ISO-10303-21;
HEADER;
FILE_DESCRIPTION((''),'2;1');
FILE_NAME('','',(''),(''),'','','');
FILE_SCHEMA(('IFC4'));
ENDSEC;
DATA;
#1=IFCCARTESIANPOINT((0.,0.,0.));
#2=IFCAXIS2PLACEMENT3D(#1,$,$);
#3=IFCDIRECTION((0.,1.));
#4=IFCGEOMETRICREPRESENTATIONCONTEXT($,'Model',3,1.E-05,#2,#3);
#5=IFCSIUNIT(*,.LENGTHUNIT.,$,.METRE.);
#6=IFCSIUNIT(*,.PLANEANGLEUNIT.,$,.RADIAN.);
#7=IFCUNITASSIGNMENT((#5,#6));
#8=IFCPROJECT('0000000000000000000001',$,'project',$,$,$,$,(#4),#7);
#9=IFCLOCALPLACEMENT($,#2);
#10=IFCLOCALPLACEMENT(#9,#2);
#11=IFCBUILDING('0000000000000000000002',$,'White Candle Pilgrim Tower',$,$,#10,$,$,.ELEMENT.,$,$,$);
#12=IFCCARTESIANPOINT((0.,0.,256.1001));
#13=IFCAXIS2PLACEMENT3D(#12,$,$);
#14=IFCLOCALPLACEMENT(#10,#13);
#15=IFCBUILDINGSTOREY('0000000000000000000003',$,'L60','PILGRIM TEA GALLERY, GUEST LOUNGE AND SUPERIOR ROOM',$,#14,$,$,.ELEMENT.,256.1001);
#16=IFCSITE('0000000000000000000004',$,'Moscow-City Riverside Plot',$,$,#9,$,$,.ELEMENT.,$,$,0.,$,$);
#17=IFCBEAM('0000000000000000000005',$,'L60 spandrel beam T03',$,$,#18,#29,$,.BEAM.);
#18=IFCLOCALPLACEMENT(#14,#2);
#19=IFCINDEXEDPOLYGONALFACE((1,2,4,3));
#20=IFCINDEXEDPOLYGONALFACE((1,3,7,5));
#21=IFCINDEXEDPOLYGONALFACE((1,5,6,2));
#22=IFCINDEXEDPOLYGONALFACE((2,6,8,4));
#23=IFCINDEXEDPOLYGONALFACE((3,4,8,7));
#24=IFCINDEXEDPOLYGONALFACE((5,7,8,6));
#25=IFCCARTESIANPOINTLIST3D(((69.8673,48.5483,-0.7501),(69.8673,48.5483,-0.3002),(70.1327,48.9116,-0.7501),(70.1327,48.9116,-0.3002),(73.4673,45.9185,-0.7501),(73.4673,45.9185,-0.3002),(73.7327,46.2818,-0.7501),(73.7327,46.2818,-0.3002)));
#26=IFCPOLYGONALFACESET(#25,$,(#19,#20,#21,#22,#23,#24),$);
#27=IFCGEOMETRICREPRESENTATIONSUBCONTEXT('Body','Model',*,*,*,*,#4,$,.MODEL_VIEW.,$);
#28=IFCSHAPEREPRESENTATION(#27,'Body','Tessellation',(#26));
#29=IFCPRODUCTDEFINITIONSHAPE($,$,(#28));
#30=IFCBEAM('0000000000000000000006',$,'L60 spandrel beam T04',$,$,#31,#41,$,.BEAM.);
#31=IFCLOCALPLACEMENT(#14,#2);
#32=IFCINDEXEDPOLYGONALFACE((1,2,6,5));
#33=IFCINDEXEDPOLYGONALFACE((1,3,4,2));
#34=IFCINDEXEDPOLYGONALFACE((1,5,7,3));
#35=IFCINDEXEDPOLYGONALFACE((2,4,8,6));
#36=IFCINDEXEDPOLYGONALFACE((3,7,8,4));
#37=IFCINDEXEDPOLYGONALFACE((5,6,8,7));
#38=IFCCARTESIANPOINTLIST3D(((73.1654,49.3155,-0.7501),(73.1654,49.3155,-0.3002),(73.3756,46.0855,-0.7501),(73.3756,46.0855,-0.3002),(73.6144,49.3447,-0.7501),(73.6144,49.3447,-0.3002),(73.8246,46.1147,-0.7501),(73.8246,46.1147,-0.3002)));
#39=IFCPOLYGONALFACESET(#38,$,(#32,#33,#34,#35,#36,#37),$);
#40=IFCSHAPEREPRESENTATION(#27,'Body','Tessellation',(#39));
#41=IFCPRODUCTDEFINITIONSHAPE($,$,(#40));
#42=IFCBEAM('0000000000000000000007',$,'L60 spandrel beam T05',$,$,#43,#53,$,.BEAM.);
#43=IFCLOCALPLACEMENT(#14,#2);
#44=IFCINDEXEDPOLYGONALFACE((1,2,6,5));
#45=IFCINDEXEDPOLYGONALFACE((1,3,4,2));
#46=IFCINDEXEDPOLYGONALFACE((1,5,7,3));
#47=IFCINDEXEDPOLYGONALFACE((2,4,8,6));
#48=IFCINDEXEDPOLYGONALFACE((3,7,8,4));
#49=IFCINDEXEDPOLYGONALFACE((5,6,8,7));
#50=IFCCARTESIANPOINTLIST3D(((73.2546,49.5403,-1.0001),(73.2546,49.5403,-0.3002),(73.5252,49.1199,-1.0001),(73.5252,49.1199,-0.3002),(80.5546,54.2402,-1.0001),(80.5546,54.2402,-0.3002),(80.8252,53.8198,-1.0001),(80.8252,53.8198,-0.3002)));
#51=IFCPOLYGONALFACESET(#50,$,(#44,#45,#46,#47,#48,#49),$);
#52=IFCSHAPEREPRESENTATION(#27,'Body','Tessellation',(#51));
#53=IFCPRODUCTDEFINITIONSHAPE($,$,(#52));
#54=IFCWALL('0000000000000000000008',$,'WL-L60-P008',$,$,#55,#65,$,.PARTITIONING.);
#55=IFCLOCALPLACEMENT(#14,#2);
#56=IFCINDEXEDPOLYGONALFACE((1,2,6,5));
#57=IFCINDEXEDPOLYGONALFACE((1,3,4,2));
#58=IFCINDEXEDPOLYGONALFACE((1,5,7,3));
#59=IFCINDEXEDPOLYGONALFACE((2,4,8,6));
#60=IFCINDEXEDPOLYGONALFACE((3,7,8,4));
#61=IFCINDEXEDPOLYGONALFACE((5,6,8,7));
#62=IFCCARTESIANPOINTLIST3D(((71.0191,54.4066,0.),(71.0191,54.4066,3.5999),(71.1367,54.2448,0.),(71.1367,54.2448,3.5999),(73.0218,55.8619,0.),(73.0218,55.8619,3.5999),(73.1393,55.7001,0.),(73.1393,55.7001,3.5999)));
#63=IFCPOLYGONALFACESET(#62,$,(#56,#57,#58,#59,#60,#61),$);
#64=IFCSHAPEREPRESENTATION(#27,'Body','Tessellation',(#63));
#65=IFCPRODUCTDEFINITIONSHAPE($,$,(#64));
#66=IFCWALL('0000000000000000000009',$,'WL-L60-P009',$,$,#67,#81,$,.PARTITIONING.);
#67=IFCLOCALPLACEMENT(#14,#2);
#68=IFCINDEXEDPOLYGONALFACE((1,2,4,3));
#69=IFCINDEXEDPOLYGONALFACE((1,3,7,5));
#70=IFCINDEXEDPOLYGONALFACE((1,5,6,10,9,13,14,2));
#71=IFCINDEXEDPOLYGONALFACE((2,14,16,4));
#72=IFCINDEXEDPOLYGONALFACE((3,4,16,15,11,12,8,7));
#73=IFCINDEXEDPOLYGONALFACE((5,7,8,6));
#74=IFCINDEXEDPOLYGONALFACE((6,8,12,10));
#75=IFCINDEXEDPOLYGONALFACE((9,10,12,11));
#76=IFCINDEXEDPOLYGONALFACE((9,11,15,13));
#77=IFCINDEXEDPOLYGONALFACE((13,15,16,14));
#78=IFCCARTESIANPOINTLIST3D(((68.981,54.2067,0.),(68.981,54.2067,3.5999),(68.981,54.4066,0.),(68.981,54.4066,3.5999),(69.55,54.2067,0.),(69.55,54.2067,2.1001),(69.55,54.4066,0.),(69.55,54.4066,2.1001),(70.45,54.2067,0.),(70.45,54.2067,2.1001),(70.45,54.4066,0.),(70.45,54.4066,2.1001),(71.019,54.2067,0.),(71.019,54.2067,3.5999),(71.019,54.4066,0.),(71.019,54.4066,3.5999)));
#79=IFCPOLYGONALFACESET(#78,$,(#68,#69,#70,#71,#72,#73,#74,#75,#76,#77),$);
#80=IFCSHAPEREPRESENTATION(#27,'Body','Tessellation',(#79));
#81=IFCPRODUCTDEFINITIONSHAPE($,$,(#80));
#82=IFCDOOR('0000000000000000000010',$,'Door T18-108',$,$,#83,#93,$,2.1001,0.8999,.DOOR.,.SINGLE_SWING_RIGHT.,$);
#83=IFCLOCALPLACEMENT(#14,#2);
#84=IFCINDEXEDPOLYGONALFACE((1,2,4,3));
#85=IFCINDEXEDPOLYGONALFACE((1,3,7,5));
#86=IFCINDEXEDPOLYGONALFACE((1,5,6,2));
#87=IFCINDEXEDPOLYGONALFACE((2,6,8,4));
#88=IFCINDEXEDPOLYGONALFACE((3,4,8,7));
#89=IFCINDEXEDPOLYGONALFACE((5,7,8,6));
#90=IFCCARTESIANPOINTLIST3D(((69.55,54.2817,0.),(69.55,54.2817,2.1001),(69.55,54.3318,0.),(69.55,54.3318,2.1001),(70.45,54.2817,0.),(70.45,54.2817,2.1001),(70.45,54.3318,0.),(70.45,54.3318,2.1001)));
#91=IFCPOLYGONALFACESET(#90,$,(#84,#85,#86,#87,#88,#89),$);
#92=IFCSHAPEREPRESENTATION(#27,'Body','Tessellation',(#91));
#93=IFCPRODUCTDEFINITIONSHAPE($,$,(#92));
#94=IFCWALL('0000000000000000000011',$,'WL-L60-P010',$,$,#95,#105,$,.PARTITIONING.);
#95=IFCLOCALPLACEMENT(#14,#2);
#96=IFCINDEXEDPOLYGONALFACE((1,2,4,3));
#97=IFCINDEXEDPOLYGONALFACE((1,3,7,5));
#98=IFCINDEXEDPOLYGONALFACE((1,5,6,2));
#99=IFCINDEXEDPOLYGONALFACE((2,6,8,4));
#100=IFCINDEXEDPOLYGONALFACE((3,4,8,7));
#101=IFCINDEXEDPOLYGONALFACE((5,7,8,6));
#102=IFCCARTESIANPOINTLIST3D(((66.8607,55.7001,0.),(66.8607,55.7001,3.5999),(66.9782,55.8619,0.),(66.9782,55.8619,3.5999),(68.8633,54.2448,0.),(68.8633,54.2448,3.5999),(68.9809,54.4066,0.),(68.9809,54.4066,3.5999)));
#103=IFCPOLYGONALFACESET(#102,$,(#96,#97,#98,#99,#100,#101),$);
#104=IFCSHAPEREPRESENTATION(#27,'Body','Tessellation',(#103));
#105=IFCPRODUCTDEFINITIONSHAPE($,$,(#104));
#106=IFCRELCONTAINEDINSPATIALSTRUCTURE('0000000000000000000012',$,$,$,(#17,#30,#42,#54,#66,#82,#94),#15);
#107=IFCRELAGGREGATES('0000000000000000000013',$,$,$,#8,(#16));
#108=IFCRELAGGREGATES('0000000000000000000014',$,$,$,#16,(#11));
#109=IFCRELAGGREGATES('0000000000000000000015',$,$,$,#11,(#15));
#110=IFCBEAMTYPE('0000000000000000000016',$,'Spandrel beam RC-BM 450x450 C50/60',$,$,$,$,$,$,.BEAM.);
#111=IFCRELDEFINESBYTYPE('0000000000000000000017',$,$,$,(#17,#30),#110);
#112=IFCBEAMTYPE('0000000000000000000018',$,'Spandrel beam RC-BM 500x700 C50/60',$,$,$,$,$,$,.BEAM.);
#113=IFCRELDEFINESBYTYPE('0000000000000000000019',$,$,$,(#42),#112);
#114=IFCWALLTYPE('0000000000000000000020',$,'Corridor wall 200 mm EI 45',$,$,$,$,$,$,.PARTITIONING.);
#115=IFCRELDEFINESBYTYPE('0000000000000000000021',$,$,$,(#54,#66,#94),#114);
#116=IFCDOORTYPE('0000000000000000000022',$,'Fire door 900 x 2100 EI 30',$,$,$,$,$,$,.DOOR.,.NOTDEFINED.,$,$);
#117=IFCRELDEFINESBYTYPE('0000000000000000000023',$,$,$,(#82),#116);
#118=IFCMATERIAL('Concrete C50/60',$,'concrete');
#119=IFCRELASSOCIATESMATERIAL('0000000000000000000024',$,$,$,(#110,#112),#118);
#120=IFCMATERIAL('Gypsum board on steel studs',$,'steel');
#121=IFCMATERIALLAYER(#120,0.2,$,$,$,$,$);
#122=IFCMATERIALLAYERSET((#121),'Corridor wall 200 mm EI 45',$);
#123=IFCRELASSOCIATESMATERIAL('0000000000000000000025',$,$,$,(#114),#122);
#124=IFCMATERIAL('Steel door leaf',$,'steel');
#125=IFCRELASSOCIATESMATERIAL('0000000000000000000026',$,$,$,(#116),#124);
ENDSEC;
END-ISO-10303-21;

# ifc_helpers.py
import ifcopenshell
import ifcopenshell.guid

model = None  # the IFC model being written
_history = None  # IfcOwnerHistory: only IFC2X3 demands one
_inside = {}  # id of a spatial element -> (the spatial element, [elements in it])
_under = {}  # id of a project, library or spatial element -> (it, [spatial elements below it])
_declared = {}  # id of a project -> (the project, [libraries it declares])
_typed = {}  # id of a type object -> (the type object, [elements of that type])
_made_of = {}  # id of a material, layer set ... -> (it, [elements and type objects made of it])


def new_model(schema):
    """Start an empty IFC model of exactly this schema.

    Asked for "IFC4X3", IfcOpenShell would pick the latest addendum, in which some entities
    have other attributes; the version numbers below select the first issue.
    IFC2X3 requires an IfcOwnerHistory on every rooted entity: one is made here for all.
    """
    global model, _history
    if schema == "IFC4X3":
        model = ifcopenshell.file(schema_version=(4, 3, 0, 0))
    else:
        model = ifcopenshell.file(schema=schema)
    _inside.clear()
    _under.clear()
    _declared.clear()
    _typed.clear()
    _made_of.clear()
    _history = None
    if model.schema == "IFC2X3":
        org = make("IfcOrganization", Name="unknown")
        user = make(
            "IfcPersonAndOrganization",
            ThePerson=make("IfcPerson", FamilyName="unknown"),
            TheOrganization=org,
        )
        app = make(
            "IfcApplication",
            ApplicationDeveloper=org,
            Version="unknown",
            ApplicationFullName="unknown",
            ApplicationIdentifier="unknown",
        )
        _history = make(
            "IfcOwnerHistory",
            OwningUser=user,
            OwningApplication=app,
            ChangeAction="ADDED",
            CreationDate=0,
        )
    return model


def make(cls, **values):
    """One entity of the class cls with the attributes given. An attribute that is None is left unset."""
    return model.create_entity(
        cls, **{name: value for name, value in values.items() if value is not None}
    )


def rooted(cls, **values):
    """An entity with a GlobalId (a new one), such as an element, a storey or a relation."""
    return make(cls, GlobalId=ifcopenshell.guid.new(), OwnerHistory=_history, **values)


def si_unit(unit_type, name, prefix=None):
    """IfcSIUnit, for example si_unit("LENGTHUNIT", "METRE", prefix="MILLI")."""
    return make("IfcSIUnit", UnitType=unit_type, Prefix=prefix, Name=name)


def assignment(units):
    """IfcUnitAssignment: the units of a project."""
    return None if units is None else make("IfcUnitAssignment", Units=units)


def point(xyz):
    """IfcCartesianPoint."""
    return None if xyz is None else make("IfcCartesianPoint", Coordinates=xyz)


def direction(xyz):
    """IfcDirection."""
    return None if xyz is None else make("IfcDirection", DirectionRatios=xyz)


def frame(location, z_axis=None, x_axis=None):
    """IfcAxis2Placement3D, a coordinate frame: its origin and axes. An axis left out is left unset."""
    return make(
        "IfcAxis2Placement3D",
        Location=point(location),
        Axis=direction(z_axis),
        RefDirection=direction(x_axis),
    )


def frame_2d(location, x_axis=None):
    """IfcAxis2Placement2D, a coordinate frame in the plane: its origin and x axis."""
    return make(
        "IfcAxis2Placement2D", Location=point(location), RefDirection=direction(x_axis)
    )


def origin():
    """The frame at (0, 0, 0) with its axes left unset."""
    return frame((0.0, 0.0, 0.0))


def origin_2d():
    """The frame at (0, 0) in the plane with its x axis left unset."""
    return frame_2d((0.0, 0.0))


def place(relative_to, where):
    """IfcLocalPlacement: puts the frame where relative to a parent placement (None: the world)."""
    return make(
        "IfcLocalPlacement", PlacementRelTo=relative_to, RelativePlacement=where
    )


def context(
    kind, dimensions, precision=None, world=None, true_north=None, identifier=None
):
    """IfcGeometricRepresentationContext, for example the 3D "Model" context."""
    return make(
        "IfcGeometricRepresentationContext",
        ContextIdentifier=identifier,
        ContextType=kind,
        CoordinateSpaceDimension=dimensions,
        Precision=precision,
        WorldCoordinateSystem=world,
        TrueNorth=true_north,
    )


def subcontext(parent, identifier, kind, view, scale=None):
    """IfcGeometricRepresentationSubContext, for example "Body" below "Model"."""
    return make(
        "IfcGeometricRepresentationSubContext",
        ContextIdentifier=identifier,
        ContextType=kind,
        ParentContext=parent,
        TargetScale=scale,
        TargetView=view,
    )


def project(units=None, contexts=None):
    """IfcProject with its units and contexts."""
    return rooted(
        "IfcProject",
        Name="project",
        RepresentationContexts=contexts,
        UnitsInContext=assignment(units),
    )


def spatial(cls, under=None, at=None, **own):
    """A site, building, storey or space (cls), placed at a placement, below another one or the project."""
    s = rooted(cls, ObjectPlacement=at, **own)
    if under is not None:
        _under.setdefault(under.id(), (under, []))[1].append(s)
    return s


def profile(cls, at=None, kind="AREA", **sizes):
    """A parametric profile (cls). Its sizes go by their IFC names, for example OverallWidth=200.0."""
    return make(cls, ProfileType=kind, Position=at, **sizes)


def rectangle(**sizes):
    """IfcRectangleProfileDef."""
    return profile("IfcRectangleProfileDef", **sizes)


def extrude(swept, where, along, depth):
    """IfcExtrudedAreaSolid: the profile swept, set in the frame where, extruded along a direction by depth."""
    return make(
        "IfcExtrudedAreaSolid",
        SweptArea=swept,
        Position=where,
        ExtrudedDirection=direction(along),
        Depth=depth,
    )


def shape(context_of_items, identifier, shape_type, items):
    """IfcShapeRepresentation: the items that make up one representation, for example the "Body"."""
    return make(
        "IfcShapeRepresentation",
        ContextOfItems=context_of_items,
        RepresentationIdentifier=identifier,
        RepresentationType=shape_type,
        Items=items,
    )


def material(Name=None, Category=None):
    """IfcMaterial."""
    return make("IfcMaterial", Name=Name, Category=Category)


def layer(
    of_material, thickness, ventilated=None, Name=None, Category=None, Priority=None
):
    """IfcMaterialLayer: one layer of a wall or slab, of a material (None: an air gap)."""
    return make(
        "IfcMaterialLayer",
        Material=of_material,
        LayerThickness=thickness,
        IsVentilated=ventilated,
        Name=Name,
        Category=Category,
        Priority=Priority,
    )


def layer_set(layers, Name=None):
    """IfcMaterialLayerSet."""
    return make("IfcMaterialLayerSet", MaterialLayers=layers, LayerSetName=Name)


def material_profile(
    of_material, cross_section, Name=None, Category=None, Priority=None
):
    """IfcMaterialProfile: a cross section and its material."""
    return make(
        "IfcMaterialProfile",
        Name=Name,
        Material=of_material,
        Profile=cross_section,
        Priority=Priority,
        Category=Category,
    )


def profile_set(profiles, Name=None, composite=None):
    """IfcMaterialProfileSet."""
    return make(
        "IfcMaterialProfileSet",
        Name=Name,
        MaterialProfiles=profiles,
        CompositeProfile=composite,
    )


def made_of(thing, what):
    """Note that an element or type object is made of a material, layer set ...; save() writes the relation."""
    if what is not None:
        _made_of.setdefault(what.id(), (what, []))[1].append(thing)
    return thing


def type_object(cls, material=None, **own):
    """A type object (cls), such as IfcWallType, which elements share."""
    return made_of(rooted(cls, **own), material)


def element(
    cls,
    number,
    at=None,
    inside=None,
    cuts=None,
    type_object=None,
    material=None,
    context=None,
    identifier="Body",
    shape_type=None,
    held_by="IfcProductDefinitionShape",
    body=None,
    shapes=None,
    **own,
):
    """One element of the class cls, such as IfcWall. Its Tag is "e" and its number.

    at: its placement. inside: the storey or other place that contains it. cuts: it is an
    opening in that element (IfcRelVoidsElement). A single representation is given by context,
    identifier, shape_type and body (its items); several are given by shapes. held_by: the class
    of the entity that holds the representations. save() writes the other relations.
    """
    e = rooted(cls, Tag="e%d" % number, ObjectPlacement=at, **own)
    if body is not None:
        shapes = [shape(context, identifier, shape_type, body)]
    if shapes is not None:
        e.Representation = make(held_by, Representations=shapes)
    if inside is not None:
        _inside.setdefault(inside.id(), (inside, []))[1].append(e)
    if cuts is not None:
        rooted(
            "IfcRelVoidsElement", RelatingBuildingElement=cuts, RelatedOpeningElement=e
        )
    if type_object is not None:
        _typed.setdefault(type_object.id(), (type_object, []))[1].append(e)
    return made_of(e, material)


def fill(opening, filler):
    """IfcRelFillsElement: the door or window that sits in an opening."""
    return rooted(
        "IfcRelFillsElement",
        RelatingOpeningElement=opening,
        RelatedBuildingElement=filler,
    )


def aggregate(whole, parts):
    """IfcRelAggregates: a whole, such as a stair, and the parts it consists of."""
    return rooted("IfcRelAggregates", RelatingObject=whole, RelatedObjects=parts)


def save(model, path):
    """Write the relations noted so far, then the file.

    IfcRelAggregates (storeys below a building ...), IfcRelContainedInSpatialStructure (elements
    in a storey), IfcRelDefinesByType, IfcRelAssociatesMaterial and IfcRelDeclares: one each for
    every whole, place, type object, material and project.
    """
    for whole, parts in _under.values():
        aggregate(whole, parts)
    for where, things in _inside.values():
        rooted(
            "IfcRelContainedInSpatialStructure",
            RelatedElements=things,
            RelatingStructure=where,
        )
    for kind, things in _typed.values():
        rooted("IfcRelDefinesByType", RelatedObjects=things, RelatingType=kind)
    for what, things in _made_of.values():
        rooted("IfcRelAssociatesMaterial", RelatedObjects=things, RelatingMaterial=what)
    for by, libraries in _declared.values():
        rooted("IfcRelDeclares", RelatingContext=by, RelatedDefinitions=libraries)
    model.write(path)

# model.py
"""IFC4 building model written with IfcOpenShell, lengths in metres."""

from ifc_helpers import new_model, si_unit, direction, frame, frame_2d, origin, origin_2d, place, context, subcontext, project, spatial, rectangle, extrude, material, layer, layer_set, material_profile, profile_set, type_object, element, fill, save


model = new_model("IFC4")

# Units and contexts
model_context = context("Model", 3, precision=1e-05, world=origin(), true_north=direction((0.0, 1.0)))
body_context = subcontext(model_context, "Body", "Model", "MODEL_VIEW")
ifc_project = project(units=[si_unit("LENGTHUNIT", "METRE"), si_unit("PLANEANGLEUNIT", "RADIAN")], contexts=[model_context])

# Site, building, storey
site_placement = place(None, origin())
site = spatial("IfcSite", under=ifc_project, at=site_placement, Name="Moscow-City Riverside Plot", CompositionType="ELEMENT", RefElevation=0.0)
building_placement = place(site_placement, origin())
building = spatial("IfcBuilding", under=site, at=building_placement, Name="White Candle Pilgrim Tower", CompositionType="ELEMENT")
storey_placement = place(building_placement, frame((0.0, 0.0, 256.1001)))
storey = spatial("IfcBuildingStorey", under=building, at=storey_placement, Name="L60", Description="PILGRIM TEA GALLERY, GUEST LOUNGE AND SUPERIOR ROOM", CompositionType="ELEMENT", Elevation=256.1001)

# Beams
ifc_material_1 = material(Name="Concrete C50/60", Category="concrete")
ifc_material_profile_1 = material_profile(ifc_material_1, rectangle(XDim=0.45, YDim=0.45, at=origin_2d()), Name="RC-BM 450x450")
ifc_profile_set_1 = profile_set([ifc_material_profile_1], Name="Concrete C50/60")
beam_type_1 = type_object("IfcBeamType", Name="Spandrel beam RC-BM 450x450 C50/60", PredefinedType="BEAM", material=ifc_profile_set_1)
beam_1_placement = place(storey_placement, frame((70.0, 48.73, -0.5251), z_axis=(0.807493, -0.589877, 0.0), x_axis=(0.589877, 0.807493, 0.0)))
element("IfcBeam", 1, at=beam_1_placement, inside=storey, type_object=beam_type_1, Name="L60 spandrel beam T03", PredefinedType="BEAM", context=body_context, shape_type="SweptSolid", body=[
    extrude(rectangle(XDim=0.45, YDim=0.45, at=origin_2d()), origin(), (0.0, 0.0, 1.0), 4.4583),
])
beam_2_placement = place(storey_placement, frame((73.6001, 46.1001, -0.5251), z_axis=(-0.064942, 0.997889, 0.0), x_axis=(-0.997889, -0.064942, 0.0)))
element("IfcBeam", 2, at=beam_2_placement, inside=storey, type_object=beam_type_1, Name="L60 spandrel beam T04", PredefinedType="BEAM", context=body_context, shape_type="SweptSolid", body=[
    extrude(rectangle(XDim=0.45, YDim=0.45, at=origin_2d()), origin(), (0.0, 0.0, 1.0), 3.2368),
])
ifc_material_profile_2 = material_profile(ifc_material_1, rectangle(XDim=0.5, YDim=0.7, at=origin_2d()), Name="RC-BM 500x700")
ifc_profile_set_2 = profile_set([ifc_material_profile_2], Name="Concrete C50/60")
beam_type_2 = type_object("IfcBeamType", Name="Spandrel beam RC-BM 500x700 C50/60", PredefinedType="BEAM", material=ifc_profile_set_2)
beam_3_placement = place(storey_placement, frame((73.3899, 49.3301, -0.6501), z_axis=(0.840808, 0.541333, 0.0), x_axis=(-0.541333, 0.840808, 0.0)))
element("IfcBeam", 3, at=beam_3_placement, inside=storey, type_object=beam_type_2, Name="L60 spandrel beam T05", PredefinedType="BEAM", context=body_context, shape_type="SweptSolid", body=[
    extrude(rectangle(XDim=0.5, YDim=0.7, at=origin_2d()), origin(), (0.0, 0.0, 1.0), 8.6821),
])

# Wall
ifc_material_2 = material(Name="Gypsum board on steel studs", Category="steel")
ifc_layer_1 = layer(ifc_material_2, 0.2)
ifc_layer_set_1 = layer_set([ifc_layer_1], Name="Corridor wall 200 mm EI 45")
wall_type_1 = type_object("IfcWallType", Name="Corridor wall 200 mm EI 45", PredefinedType="PARTITIONING", material=ifc_layer_set_1)
wall_1_placement = place(storey_placement, frame((73.0806, 55.781, 0.0), z_axis=(0.0, 0.0, 1.0), x_axis=(-0.808962, -0.587861, 0.0)))
element("IfcWall", 4, at=wall_1_placement, inside=storey, type_object=wall_type_1, Name="WL-L60-P008", PredefinedType="PARTITIONING", context=body_context, shape_type="SweptSolid", body=[
    extrude(rectangle(XDim=2.4756, YDim=0.2, at=frame_2d((1.2378, 0.0))), origin(), (0.0, 0.0, 1.0), 3.5999),
])

# Wall, opening, door
wall_2_placement = place(storey_placement, frame((71.019, 54.3066, 0.0), z_axis=(0.0, 0.0, 1.0), x_axis=(-1.0, 0.0, 0.0)))
wall_2 = element("IfcWall", 5, at=wall_2_placement, inside=storey, type_object=wall_type_1, Name="WL-L60-P009", PredefinedType="PARTITIONING", context=body_context, shape_type="SweptSolid", body=[
    extrude(rectangle(XDim=2.0381, YDim=0.2, at=frame_2d((1.019, 0.0))), origin(), (0.0, 0.0, 1.0), 3.5999),
])
opening_1_placement = place(wall_2_placement, frame((0.5691, 0.0, 0.0)))
opening_1 = element("IfcOpeningElement", 6, at=opening_1_placement, cuts=wall_2, PredefinedType="OPENING", context=body_context, shape_type="SweptSolid", body=[
    extrude(rectangle(XDim=0.8999, YDim=2.1001, at=frame_2d((0.45, 1.05))), frame((0.0, 0.1099, 0.0), z_axis=(0.0, -1.0, 0.0), x_axis=(1.0, 0.0, 0.0)), (0.0, 0.0, 1.0), 0.22),
])
ifc_material_3 = material(Name="Steel door leaf", Category="steel")
door_type_1 = type_object("IfcDoorType", Name="Fire door 900 x 2100 EI 30", OperationType="NOTDEFINED", PredefinedType="DOOR", material=ifc_material_3)
door_1_placement = place(opening_1_placement, origin())
door_1 = element("IfcDoor", 7, at=door_1_placement, inside=storey, type_object=door_type_1, Name="Door T18-108", OperationType="SINGLE_SWING_RIGHT", OverallHeight=2.1001, OverallWidth=0.8999, PredefinedType="DOOR", context=body_context, shape_type="SweptSolid", body=[
    extrude(rectangle(XDim=0.8999, YDim=2.1001, at=frame_2d((0.45, 1.05))), frame((0.0, 0.0249, 0.0), z_axis=(0.0, -1.0, 0.0), x_axis=(1.0, 0.0, 0.0)), (0.0, 0.0, 1.0), 0.05),
])
fill(opening_1, door_1)

# Wall
wall_3_placement = place(storey_placement, frame((68.9221, 54.3257, 0.0), z_axis=(0.0, 0.0, 1.0), x_axis=(-0.808962, 0.587861, 0.0)))
element("IfcWall", 8, at=wall_3_placement, inside=storey, type_object=wall_type_1, Name="WL-L60-P010", PredefinedType="PARTITIONING", context=body_context, shape_type="SweptSolid", body=[
    extrude(rectangle(XDim=2.4756, YDim=0.2, at=frame_2d((1.2378, 0.0))), origin(), (0.0, 0.0, 1.0), 3.5999),
])

save(model, "model.ifc")
